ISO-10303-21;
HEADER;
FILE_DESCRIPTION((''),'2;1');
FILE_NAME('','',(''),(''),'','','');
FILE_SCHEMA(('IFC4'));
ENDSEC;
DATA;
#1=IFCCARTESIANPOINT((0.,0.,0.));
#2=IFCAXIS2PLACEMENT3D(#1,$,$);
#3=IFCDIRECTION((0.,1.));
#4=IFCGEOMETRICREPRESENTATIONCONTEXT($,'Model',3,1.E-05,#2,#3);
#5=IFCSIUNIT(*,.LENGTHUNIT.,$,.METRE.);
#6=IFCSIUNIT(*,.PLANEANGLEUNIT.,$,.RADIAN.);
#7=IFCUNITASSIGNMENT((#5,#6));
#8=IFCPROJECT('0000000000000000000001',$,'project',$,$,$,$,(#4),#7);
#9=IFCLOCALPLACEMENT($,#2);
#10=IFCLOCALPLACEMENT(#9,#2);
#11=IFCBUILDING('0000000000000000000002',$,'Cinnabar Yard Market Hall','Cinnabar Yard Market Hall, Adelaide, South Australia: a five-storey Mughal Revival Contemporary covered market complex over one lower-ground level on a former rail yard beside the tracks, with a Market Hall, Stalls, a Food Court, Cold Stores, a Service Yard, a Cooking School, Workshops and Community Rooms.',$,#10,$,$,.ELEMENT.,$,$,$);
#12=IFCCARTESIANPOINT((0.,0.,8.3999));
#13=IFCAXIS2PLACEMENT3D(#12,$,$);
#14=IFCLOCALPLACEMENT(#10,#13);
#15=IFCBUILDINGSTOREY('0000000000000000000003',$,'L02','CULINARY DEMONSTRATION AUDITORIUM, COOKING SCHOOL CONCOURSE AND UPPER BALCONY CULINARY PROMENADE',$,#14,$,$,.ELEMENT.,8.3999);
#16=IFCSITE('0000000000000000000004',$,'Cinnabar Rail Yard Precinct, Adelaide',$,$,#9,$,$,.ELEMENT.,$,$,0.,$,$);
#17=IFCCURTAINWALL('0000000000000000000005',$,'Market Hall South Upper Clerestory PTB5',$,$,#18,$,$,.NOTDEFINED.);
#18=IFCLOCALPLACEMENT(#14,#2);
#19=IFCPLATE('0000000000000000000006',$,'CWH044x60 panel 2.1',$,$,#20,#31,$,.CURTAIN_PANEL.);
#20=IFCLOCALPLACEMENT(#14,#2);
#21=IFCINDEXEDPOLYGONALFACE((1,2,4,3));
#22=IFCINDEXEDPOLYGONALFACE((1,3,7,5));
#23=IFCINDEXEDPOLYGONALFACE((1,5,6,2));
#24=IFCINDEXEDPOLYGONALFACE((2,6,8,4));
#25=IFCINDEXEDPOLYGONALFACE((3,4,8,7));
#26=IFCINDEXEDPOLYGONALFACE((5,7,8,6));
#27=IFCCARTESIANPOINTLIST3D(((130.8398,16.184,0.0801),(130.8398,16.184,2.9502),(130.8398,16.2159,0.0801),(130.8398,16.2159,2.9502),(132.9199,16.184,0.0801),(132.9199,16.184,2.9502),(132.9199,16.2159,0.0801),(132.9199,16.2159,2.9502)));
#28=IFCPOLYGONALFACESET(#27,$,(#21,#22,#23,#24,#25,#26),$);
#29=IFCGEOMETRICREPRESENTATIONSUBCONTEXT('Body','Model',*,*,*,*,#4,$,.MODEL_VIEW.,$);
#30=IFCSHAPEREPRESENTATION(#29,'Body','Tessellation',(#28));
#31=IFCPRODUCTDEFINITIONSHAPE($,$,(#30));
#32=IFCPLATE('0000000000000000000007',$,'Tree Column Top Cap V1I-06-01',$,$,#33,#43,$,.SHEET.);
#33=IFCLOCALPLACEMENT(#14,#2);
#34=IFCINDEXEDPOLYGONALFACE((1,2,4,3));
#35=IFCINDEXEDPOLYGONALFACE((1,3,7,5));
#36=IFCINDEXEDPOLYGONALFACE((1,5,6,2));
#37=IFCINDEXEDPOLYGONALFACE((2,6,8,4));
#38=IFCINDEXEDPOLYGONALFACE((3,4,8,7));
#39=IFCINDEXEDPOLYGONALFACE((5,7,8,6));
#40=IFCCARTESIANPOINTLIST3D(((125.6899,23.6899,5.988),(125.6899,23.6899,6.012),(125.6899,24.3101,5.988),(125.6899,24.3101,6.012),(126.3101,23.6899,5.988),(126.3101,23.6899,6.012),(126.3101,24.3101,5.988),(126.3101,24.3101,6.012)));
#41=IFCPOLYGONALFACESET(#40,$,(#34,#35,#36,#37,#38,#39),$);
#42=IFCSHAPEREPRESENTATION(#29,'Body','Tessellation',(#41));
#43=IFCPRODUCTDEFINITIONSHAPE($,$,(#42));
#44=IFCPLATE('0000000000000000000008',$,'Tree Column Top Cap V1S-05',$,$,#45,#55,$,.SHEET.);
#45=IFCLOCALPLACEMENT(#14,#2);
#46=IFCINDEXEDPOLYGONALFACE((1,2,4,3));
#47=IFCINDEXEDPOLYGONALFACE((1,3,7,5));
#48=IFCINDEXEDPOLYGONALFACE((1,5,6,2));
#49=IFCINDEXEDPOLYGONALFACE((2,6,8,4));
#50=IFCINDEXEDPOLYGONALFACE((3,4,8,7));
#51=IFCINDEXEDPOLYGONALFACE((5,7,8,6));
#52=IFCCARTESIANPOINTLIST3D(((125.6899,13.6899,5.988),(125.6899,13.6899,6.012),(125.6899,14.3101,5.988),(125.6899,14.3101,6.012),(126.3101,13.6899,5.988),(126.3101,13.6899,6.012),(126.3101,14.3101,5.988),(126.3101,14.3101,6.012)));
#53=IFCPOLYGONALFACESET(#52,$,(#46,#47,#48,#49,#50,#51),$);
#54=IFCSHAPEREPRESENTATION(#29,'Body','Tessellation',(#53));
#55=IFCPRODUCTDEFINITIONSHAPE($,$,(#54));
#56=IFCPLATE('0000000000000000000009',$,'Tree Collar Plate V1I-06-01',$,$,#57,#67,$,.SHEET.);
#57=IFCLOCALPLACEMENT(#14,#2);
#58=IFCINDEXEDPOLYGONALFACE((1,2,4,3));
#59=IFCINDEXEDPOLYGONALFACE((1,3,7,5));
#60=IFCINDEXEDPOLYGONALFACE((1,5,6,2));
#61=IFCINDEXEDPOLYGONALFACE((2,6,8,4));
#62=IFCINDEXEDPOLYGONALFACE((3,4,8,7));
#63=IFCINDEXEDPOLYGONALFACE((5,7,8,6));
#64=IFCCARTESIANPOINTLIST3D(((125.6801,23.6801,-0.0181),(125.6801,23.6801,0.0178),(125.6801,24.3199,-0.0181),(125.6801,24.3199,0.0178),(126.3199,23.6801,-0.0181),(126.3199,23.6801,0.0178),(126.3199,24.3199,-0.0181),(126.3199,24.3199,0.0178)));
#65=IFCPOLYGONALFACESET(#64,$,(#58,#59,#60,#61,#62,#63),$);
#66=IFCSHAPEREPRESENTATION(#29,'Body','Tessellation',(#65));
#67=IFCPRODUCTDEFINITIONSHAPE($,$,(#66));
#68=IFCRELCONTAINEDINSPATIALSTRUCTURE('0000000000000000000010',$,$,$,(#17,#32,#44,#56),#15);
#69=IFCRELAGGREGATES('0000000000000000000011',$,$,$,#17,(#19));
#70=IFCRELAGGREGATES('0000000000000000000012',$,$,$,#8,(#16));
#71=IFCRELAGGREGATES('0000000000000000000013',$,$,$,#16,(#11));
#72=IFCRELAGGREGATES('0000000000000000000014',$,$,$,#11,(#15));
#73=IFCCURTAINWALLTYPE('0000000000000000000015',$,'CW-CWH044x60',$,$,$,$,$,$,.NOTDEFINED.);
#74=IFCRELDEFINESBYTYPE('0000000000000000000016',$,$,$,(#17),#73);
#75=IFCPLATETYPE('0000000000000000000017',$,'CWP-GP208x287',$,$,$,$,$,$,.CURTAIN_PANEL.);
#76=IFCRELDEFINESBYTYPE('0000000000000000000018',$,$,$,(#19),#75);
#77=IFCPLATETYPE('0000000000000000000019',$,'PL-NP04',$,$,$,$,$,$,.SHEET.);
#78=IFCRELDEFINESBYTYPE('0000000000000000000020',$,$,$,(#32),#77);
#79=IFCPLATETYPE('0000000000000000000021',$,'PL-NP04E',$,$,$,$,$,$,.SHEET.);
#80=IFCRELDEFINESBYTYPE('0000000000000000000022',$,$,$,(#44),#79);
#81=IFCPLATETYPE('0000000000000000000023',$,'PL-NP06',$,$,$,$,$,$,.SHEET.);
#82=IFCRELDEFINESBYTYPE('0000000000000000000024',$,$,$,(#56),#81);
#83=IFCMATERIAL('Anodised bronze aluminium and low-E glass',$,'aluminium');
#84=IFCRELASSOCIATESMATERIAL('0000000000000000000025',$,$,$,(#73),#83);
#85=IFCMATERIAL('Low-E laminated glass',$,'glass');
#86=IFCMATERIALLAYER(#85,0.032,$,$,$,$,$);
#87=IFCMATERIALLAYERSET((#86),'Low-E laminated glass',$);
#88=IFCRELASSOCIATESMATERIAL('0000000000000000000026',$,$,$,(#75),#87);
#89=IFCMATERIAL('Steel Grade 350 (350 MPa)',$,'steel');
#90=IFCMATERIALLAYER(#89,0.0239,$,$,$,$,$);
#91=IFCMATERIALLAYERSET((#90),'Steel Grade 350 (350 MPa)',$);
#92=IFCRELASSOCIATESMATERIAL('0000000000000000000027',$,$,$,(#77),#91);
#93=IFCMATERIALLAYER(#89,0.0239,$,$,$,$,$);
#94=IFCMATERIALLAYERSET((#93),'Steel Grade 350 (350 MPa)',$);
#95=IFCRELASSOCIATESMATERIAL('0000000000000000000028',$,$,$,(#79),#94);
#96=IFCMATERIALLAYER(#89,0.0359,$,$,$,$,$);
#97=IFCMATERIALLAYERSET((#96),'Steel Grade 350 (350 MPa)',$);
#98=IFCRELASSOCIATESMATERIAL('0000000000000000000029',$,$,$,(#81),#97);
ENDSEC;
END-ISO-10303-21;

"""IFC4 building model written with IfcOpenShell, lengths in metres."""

from ifc_helpers import new_model, si_unit, direction, frame, origin, origin_2d_with_axis, place, context, subcontext, project, spatial, rectangle, extrude, material, layer, layer_set, type_object, element, aggregate, save


model = new_model("IFC4")

# Units and contexts
model_context = context("Model", 3, precision=1e-05, world=origin(), true_north=direction((0.0, 1.0)))
body_context = subcontext(model_context, "Body", "Model", "MODEL_VIEW")
ifc_project = project(units=[si_unit("LENGTHUNIT", "METRE"), si_unit("PLANEANGLEUNIT", "RADIAN")], contexts=[model_context])

# Site, building, storey
site_placement = place(None, origin())
site = spatial("IfcSite", under=ifc_project, at=site_placement, Name="Cinnabar Rail Yard Precinct, Adelaide", CompositionType="ELEMENT", RefElevation=0.0)
building_placement = place(site_placement, origin())
building = spatial("IfcBuilding", under=site, at=building_placement, Name="Cinnabar Yard Market Hall", Description="Cinnabar Yard Market Hall, Adelaide, South Australia: a five-storey Mughal Revival Contemporary covered market complex over one lower-ground level on a former rail yard beside the tracks, with a Market Hall, Stalls, a Food Court, Cold Stores, a Service Yard, a Cooking School, Workshops and Community Rooms.", CompositionType="ELEMENT")
storey_placement = place(building_placement, frame((0.0, 0.0, 8.3999)))
storey = spatial("IfcBuildingStorey", under=building, at=storey_placement, Name="L02", Description="CULINARY DEMONSTRATION AUDITORIUM, COOKING SCHOOL CONCOURSE AND UPPER BALCONY CULINARY PROMENADE", CompositionType="ELEMENT", Elevation=8.3999)

# Curtain wall
ifc_material_1 = material(Name="Anodised bronze aluminium and low-E glass", Category="aluminium")
curtain_wall_type_1 = type_object("IfcCurtainWallType", Name="CW-CWH044x60", PredefinedType="NOTDEFINED", material=ifc_material_1)
curtain_wall_1_placement = place(storey_placement, origin())
curtain_wall_1 = element("IfcCurtainWall", 1, at=curtain_wall_1_placement, inside=storey, type_object=curtain_wall_type_1, Name="Market Hall South Upper Clerestory PTB5", PredefinedType="NOTDEFINED")

# Plate
ifc_material_2 = material(Name="Low-E laminated glass", Category="glass")
ifc_layer_1 = layer(ifc_material_2, 0.032)
ifc_layer_set_1 = layer_set([ifc_layer_1], Name="Low-E laminated glass")
plate_type_1 = type_object("IfcPlateType", Name="CWP-GP208x287", PredefinedType="CURTAIN_PANEL", material=ifc_layer_set_1)
plate_1_placement = place(storey_placement, frame((131.8799, 16.2, 0.0801), z_axis=(0.0, 0.0, 1.0), x_axis=(1.0, 0.0, 0.0)))
plate_1 = element("IfcPlate", 2, at=plate_1_placement, type_object=plate_type_1, Name="CWH044x60 panel 2.1", PredefinedType="CURTAIN_PANEL", context=body_context, shape_type="SweptSolid", body=[
    extrude(rectangle(XDim=2.0801, YDim=0.032, at=origin_2d_with_axis()), origin(), (0.0, 0.0, 1.0), 2.8701),
])
aggregate(curtain_wall_1, [plate_1])

# Plates
ifc_material_3 = material(Name="Steel Grade 350 (350 MPa)", Category="steel")
ifc_layer_2 = layer(ifc_material_3, 0.0239)
ifc_layer_set_2 = layer_set([ifc_layer_2], Name="Steel Grade 350 (350 MPa)")
plate_type_2 = type_object("IfcPlateType", Name="PL-NP04", PredefinedType="SHEET", material=ifc_layer_set_2)
plate_2_placement = place(storey_placement, frame((126.0, 24.0, 5.988), z_axis=(0.0, 0.0, 1.0), x_axis=(1.0, 0.0, 0.0)))
element("IfcPlate", 3, at=plate_2_placement, inside=storey, type_object=plate_type_2, Name="Tree Column Top Cap V1I-06-01", PredefinedType="SHEET", context=body_context, shape_type="SweptSolid", body=[
    extrude(rectangle(XDim=0.6201, YDim=0.6201, at=origin_2d_with_axis()), origin(), (0.0, 0.0, 1.0), 0.0239),
])
ifc_layer_3 = layer(ifc_material_3, 0.0239)
ifc_layer_set_3 = layer_set([ifc_layer_3], Name="Steel Grade 350 (350 MPa)")
plate_type_3 = type_object("IfcPlateType", Name="PL-NP04E", PredefinedType="SHEET", material=ifc_layer_set_3)
plate_3_placement = place(storey_placement, frame((126.0, 14.0, 5.988), z_axis=(0.0, 0.0, 1.0), x_axis=(1.0, 0.0, 0.0)))
element("IfcPlate", 4, at=plate_3_placement, inside=storey, type_object=plate_type_3, Name="Tree Column Top Cap V1S-05", PredefinedType="SHEET", context=body_context, shape_type="SweptSolid", body=[
    extrude(rectangle(XDim=0.6201, YDim=0.6201, at=origin_2d_with_axis()), origin(), (0.0, 0.0, 1.0), 0.0239),
])
ifc_layer_4 = layer(ifc_material_3, 0.0359)
ifc_layer_set_4 = layer_set([ifc_layer_4], Name="Steel Grade 350 (350 MPa)")
plate_type_4 = type_object("IfcPlateType", Name="PL-NP06", PredefinedType="SHEET", material=ifc_layer_set_4)
plate_4_placement = place(storey_placement, frame((126.0, 24.0, -0.0181), z_axis=(0.0, 0.0, 1.0), x_axis=(1.0, 0.0, 0.0)))
element("IfcPlate", 5, at=plate_4_placement, inside=storey, type_object=plate_type_4, Name="Tree Collar Plate V1I-06-01", PredefinedType="SHEET", context=body_context, shape_type="SweptSolid", body=[
    extrude(rectangle(XDim=0.6399, YDim=0.6399, at=origin_2d_with_axis()), origin(), (0.0, 0.0, 1.0), 0.0359),
])

save(model, "model.ifc")
